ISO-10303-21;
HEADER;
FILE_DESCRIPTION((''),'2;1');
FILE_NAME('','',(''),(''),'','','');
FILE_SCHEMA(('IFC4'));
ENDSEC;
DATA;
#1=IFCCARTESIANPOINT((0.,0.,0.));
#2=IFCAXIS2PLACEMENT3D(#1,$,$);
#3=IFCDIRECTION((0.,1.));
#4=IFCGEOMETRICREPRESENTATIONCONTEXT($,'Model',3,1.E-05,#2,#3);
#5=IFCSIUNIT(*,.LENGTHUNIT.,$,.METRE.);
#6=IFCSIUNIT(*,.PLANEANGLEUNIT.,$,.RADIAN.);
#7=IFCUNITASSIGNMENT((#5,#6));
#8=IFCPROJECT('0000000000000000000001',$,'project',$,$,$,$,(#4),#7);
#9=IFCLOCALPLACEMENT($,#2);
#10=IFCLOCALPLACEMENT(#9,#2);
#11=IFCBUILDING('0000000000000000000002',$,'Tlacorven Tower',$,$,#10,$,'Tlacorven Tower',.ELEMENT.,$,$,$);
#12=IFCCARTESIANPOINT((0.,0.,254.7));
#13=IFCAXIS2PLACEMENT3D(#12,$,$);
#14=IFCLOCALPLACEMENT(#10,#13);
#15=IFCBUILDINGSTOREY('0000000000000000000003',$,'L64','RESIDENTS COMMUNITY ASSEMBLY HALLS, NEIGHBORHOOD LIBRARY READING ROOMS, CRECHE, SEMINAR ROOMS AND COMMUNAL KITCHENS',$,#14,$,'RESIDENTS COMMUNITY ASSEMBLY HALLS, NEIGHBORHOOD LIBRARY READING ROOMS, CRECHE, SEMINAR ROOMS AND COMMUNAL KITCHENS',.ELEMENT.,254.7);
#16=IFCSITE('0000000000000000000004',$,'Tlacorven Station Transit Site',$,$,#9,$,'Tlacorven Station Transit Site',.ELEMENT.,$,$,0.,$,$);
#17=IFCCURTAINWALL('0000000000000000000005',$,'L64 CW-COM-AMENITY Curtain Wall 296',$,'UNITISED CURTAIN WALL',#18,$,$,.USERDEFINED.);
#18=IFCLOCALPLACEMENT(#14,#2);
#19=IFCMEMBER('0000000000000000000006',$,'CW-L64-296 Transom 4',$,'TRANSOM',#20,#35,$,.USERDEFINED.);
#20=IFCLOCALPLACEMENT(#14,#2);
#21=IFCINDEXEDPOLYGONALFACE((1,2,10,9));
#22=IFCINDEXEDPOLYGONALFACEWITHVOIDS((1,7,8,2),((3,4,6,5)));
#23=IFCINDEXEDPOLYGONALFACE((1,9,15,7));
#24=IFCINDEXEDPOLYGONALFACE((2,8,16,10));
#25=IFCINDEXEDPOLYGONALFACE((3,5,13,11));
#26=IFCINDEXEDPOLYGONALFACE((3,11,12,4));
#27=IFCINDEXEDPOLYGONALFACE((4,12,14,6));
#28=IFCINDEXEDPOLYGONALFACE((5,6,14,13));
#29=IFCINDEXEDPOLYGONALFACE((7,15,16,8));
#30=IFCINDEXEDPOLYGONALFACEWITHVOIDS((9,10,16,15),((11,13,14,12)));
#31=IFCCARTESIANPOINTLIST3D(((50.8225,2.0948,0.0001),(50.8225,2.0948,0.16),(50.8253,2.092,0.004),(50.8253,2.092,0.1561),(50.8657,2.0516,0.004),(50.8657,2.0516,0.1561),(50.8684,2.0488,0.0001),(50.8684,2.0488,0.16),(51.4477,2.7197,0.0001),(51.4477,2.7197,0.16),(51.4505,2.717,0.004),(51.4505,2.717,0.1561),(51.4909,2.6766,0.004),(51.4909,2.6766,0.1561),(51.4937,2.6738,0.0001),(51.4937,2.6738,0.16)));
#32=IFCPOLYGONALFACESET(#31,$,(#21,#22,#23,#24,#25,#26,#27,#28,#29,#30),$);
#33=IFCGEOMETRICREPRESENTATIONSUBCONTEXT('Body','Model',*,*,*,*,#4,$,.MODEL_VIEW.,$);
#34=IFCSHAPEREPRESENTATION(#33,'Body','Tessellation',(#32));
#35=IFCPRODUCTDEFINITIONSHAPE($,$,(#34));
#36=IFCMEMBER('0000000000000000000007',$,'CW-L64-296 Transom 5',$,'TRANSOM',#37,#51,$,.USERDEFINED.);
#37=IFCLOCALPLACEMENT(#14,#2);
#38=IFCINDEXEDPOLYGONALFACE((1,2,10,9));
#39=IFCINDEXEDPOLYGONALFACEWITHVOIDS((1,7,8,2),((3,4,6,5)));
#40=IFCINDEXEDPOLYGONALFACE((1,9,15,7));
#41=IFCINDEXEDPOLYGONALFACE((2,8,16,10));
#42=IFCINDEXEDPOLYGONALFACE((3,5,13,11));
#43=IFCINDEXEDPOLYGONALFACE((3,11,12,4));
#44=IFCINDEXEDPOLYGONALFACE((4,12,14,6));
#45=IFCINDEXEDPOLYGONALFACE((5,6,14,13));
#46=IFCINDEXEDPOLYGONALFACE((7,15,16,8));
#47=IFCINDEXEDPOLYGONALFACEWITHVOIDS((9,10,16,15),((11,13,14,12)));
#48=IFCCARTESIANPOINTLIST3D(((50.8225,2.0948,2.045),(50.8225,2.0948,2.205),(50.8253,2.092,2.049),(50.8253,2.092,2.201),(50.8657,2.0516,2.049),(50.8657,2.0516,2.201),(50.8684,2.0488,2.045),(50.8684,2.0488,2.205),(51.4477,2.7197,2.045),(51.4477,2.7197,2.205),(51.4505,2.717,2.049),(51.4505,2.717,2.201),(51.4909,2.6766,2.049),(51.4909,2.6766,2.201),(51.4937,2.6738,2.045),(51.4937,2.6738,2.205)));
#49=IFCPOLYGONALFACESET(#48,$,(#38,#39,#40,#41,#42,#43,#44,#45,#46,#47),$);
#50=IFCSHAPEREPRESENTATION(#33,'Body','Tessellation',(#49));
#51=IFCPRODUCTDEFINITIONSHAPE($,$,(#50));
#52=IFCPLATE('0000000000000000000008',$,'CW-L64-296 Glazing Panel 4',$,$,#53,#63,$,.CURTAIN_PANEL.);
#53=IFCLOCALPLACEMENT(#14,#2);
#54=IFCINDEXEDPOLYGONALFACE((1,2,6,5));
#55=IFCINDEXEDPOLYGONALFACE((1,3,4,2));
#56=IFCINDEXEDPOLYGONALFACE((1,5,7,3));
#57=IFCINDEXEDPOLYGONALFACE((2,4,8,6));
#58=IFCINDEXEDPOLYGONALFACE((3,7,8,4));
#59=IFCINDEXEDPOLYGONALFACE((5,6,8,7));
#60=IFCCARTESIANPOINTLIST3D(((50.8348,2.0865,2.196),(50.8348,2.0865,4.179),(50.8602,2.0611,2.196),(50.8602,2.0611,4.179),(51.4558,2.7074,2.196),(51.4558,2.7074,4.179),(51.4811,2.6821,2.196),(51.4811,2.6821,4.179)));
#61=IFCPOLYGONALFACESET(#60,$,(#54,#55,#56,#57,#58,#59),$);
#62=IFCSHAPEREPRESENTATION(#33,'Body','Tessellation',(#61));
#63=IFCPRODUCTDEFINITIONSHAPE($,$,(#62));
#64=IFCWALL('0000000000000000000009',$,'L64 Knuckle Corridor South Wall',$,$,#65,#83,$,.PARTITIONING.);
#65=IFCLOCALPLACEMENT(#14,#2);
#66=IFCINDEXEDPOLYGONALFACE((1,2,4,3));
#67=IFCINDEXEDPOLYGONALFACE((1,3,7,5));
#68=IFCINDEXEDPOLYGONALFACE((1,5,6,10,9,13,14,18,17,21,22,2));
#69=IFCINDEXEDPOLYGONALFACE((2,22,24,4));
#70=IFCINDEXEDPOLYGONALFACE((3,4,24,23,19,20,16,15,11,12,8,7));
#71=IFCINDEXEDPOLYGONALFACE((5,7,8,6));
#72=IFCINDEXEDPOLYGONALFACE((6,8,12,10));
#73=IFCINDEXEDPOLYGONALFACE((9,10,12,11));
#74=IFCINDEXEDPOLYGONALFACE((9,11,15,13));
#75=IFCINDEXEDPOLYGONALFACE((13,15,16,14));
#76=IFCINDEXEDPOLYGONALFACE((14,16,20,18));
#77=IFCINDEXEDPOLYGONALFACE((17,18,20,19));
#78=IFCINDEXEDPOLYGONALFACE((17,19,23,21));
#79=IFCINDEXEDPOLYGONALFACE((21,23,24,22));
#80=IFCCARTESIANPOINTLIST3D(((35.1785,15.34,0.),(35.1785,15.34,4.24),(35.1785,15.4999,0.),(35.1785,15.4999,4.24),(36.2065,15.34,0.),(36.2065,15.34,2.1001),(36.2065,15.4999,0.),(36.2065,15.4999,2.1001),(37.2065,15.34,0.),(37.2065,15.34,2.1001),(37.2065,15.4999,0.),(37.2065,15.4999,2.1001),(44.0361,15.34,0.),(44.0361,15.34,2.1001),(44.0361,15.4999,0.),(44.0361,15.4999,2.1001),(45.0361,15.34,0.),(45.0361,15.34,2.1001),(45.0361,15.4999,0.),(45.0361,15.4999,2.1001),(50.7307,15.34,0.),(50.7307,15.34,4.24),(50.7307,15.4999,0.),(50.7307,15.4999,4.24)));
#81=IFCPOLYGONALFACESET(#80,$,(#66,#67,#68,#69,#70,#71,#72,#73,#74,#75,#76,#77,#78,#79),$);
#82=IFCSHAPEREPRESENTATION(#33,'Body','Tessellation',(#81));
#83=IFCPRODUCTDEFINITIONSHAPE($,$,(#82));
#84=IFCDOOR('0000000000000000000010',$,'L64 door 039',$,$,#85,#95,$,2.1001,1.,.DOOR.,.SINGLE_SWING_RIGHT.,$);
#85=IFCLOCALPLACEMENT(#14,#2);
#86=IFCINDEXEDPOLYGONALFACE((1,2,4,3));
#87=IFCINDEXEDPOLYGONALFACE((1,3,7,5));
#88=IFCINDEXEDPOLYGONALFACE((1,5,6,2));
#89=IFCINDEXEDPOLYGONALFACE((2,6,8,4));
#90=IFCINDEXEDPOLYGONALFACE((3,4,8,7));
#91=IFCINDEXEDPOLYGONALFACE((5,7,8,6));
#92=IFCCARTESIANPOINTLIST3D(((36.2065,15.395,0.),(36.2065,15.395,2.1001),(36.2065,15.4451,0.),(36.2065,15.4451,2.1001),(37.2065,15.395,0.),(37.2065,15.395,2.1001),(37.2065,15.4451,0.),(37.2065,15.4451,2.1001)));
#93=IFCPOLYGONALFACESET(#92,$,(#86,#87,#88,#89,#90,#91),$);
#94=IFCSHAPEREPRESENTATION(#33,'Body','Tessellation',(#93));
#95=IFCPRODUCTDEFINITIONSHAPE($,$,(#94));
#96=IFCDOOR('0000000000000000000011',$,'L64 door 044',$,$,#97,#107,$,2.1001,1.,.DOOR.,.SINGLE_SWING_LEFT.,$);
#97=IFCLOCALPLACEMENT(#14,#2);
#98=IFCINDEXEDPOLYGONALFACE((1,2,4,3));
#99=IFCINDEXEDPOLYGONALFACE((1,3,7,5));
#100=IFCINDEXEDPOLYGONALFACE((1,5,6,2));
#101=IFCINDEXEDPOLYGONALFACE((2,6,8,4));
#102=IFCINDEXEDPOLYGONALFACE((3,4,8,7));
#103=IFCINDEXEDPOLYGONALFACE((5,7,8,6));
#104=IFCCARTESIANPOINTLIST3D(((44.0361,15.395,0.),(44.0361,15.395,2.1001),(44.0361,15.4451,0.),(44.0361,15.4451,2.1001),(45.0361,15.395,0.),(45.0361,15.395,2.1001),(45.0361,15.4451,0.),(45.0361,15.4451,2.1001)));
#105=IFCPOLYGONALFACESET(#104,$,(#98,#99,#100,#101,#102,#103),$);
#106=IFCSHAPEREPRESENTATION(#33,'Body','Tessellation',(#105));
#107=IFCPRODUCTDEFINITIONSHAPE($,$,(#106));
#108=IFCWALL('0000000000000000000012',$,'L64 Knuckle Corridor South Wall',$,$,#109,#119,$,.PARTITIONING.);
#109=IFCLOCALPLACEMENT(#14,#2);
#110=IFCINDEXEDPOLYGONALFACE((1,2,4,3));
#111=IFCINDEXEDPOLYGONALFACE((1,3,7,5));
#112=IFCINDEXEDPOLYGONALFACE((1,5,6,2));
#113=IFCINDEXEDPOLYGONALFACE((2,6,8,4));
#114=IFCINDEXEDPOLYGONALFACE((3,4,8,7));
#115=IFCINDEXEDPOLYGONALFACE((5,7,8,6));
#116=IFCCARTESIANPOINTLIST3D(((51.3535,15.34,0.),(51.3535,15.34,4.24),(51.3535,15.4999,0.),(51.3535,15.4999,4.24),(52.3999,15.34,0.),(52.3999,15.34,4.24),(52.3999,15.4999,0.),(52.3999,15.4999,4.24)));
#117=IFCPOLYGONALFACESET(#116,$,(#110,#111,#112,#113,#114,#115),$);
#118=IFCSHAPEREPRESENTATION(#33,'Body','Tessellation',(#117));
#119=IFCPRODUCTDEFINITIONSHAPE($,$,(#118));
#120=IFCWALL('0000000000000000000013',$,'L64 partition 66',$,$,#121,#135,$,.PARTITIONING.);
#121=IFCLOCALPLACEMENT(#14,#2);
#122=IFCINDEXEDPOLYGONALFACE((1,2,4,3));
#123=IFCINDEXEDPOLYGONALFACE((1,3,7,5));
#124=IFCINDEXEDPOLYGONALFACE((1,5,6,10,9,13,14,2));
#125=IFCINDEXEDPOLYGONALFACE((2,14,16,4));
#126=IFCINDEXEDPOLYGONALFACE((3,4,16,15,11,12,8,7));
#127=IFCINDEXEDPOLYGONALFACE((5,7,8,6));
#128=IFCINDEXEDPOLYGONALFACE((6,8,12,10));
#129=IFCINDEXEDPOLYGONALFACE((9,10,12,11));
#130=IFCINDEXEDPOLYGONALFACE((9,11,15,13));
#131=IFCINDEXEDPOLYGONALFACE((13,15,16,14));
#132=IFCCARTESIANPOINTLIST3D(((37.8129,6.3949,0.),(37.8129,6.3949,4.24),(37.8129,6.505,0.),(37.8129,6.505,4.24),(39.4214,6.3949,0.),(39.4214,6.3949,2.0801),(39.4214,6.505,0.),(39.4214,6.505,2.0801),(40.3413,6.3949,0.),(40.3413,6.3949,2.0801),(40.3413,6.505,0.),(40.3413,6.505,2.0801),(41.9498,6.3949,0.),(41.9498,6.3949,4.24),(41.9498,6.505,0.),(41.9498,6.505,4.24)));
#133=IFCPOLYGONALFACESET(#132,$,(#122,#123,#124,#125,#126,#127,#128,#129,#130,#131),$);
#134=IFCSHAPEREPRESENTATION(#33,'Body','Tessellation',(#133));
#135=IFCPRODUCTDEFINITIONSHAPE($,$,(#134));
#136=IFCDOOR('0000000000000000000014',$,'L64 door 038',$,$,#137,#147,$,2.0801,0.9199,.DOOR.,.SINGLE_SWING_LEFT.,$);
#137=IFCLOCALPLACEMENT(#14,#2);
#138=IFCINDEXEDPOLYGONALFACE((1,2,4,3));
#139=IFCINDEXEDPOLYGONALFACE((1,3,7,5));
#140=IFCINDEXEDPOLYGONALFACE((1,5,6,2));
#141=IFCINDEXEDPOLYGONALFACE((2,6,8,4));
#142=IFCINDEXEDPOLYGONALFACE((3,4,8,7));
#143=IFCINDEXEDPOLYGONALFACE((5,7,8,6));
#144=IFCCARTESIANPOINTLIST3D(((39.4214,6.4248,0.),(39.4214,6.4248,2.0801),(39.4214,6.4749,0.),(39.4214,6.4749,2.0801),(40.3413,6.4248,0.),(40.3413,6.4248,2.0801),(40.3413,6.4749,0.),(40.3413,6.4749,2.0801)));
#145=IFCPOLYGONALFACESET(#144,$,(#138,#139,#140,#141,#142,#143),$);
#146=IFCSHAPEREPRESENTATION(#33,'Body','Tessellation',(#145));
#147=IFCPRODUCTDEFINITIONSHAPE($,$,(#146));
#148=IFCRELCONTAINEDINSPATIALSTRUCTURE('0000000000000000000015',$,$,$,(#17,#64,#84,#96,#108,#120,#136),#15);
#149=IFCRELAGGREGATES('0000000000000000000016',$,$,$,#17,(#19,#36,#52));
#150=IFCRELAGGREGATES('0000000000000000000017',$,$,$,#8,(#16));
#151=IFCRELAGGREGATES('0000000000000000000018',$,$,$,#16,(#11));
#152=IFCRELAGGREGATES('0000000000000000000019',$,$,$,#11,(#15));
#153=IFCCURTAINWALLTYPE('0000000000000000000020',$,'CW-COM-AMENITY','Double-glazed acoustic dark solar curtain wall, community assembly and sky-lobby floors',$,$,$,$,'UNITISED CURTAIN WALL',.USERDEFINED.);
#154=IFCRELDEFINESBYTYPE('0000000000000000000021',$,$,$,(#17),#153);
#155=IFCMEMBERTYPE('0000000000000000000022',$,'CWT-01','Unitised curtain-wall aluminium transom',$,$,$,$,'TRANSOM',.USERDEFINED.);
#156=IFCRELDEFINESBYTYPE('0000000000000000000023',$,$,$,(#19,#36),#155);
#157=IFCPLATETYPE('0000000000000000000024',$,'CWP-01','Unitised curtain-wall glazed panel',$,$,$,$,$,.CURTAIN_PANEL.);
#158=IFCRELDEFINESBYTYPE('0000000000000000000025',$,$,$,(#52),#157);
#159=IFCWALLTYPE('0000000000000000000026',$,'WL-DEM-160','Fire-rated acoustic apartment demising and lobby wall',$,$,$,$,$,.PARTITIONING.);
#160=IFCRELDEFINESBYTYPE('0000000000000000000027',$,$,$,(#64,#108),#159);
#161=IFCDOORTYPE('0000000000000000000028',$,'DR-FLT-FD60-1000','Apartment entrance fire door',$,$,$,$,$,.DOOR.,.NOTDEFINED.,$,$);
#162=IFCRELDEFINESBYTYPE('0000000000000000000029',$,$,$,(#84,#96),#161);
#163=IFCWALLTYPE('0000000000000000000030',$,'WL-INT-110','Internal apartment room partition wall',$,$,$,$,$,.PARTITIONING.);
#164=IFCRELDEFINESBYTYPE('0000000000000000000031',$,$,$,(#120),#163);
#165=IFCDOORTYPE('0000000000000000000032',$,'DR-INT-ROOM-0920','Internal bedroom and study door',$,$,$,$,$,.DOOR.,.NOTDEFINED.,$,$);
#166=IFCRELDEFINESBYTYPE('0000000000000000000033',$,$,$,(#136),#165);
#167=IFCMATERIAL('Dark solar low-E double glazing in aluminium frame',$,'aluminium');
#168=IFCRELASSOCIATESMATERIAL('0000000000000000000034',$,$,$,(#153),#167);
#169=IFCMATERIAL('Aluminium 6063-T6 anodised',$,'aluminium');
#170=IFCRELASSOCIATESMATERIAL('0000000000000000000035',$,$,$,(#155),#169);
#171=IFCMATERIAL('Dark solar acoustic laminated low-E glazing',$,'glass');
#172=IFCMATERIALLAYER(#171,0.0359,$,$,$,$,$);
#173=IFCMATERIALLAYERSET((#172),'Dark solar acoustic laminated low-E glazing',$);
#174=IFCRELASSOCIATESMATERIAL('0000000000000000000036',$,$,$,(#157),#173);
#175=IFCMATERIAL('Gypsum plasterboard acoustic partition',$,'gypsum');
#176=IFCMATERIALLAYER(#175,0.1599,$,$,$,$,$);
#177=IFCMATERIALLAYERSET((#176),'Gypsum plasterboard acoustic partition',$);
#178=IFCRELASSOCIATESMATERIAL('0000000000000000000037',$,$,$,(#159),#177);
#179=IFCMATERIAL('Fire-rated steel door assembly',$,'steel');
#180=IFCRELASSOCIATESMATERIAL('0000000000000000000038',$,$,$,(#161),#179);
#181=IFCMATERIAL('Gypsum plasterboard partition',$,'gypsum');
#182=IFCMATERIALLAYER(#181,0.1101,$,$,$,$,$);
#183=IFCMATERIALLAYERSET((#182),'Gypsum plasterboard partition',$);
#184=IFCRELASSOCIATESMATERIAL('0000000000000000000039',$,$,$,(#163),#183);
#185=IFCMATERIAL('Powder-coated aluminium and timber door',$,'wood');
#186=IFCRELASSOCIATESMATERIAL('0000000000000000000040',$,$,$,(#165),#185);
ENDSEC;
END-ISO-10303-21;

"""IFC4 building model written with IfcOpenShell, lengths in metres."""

from ifc_helpers import new_model, si_unit, direction, frame, frame_2d, origin, origin_2d, place, context, subcontext, project, spatial, rectangle, hollow_rectangle, extrude, source, transform, mapped, material, layer, layer_set, material_profile, profile_set, type_object, element, fill, aggregate, save


model = new_model("IFC4")

# Units and contexts
model_context = context("Model", 3, precision=1e-05, world=origin(), true_north=direction((0.0, 1.0)))
body_context = subcontext(model_context, "Body", "Model", "MODEL_VIEW")
ifc_project = project(units=[si_unit("LENGTHUNIT", "METRE"), si_unit("PLANEANGLEUNIT", "RADIAN")], contexts=[model_context])

# Site, building, storey
site_placement = place(None, origin())
site = spatial("IfcSite", under=ifc_project, at=site_placement, Name="Tlacorven Station Transit Site", LongName="Tlacorven Station Transit Site", CompositionType="ELEMENT", RefElevation=0.0)
building_placement = place(site_placement, origin())
building = spatial("IfcBuilding", under=site, at=building_placement, Name="Tlacorven Tower", LongName="Tlacorven Tower", CompositionType="ELEMENT")
storey_placement = place(building_placement, frame((0.0, 0.0, 254.7)))
storey = spatial("IfcBuildingStorey", under=building, at=storey_placement, Name="L64", Description="RESIDENTS COMMUNITY ASSEMBLY HALLS, NEIGHBORHOOD LIBRARY READING ROOMS, CRECHE, SEMINAR ROOMS AND COMMUNAL KITCHENS", LongName="RESIDENTS COMMUNITY ASSEMBLY HALLS, NEIGHBORHOOD LIBRARY READING ROOMS, CRECHE, SEMINAR ROOMS AND COMMUNAL KITCHENS", CompositionType="ELEMENT", Elevation=254.7)

# Curtain wall, members, plate
ifc_material_1 = material(Name="Dark solar low-E double glazing in aluminium frame", Category="aluminium")
curtain_wall_type = type_object("IfcCurtainWallType", Name="CW-COM-AMENITY", Description="Double-glazed acoustic dark solar curtain wall, community assembly and sky-lobby floors", ElementType="UNITISED CURTAIN WALL", PredefinedType="USERDEFINED", material=ifc_material_1)
curtain_wall_placement = place(storey_placement, origin())
curtain_wall = element("IfcCurtainWall", 1, at=curtain_wall_placement, inside=storey, type_object=curtain_wall_type, Name="L64 CW-COM-AMENITY Curtain Wall 296", ObjectType="UNITISED CURTAIN WALL", PredefinedType="USERDEFINED")
ifc_material_2 = material(Name="Aluminium 6063-T6 anodised", Category="aluminium")
ifc_material_profile = material_profile(ifc_material_2, hollow_rectangle(XDim=0.0649, YDim=0.1599, WallThickness=0.0039, at=origin_2d()), Name="ALU TRANSOM 65X160")
ifc_profile_set = profile_set([ifc_material_profile], Name="Aluminium 6063-T6 anodised")
member_type = type_object("IfcMemberType", Name="CWT-01", Description="Unitised curtain-wall aluminium transom", ElementType="TRANSOM", PredefinedType="USERDEFINED", material=ifc_profile_set)
shared_shape_1 = source(origin(), body_context, "Body", "SweptSolid", [
    extrude(hollow_rectangle(XDim=0.0649, YDim=0.1599, WallThickness=0.0039, at=origin_2d()), origin(), (0.0, 0.0, 1.0), 0.884),
])
member_1_placement = place(storey_placement, frame((51.4707, 2.6968, 0.0801), z_axis=(-0.707245, -0.706969, 0.0), x_axis=(0.706969, -0.707245, 0.0)))
member_1 = element("IfcMember", 2, at=member_1_placement, type_object=member_type, Name="CW-L64-296 Transom 4", ObjectType="TRANSOM", PredefinedType="USERDEFINED", context=body_context, shape_type="MappedRepresentation", body=[
    mapped(shared_shape_1, transform((0.0, 0.0, 0.0), scale=1.0)),
])
member_2_placement = place(storey_placement, frame((51.4707, 2.6968, 2.125), z_axis=(-0.707245, -0.706969, 0.0), x_axis=(0.706969, -0.707245, 0.0)))
member_2 = element("IfcMember", 3, at=member_2_placement, type_object=member_type, Name="CW-L64-296 Transom 5", ObjectType="TRANSOM", PredefinedType="USERDEFINED", context=body_context, shape_type="MappedRepresentation", body=[
    mapped(shared_shape_1, transform((0.0, 0.0, 0.0), scale=1.0)),
])
ifc_material_3 = material(Name="Dark solar acoustic laminated low-E glazing", Category="glass")
ifc_layer_1 = layer(ifc_material_3, 0.0359)
ifc_layer_set_1 = layer_set([ifc_layer_1], Name="Dark solar acoustic laminated low-E glazing")
plate_type = type_object("IfcPlateType", Name="CWP-01", Description="Unitised curtain-wall glazed panel", PredefinedType="CURTAIN_PANEL", material=ifc_layer_set_1)
shared_shape_2 = source(origin(), body_context, "Body", "SweptSolid", [
    extrude(rectangle(XDim=0.8782, YDim=0.0359, at=origin_2d()), origin(), (0.0, 0.0, 1.0), 1.9829),
])
plate_placement = place(storey_placement, frame((51.158, 2.3843, 2.196), z_axis=(0.0, 0.0, 1.0), x_axis=(-0.707107, -0.707107, 0.0)))
plate = element("IfcPlate", 4, at=plate_placement, type_object=plate_type, Name="CW-L64-296 Glazing Panel 4", PredefinedType="CURTAIN_PANEL", context=body_context, shape_type="MappedRepresentation", body=[
    mapped(shared_shape_2, transform((0.0, 0.0, 0.0), scale=1.0)),
])
aggregate(curtain_wall, [member_1, member_2, plate])

# Wall, openings, doors
ifc_material_4 = material(Name="Gypsum plasterboard acoustic partition", Category="gypsum")
ifc_layer_2 = layer(ifc_material_4, 0.1599)
ifc_layer_set_2 = layer_set([ifc_layer_2], Name="Gypsum plasterboard acoustic partition")
wall_type_1 = type_object("IfcWallType", Name="WL-DEM-160", Description="Fire-rated acoustic apartment demising and lobby wall", PredefinedType="PARTITIONING", material=ifc_layer_set_2)
wall_1_placement = place(storey_placement, frame((35.1785, 15.4199, 0.0), z_axis=(0.0, 0.0, 1.0), x_axis=(1.0, 0.0, 0.0)))
wall_1 = element("IfcWall", 5, at=wall_1_placement, inside=storey, type_object=wall_type_1, Name="L64 Knuckle Corridor South Wall", PredefinedType="PARTITIONING", context=body_context, shape_type="SweptSolid", body=[
    extrude(rectangle(XDim=15.5522, YDim=0.1599, at=frame_2d((7.7761, 0.0))), origin(), (0.0, 0.0, 1.0), 4.24),
])
opening_1_placement = place(wall_1_placement, frame((1.0281, 0.0, 0.0)))
opening_1 = element("IfcOpeningElement", 6, at=opening_1_placement, cuts=wall_1, PredefinedType="OPENING", context=body_context, shape_type="SweptSolid", body=[
    extrude(rectangle(XDim=1.0, YDim=2.1001, at=frame_2d((0.5, 1.05))), frame((0.0, 0.0898, 0.0), z_axis=(0.0, -1.0, 0.0), x_axis=(1.0, 0.0, 0.0)), (0.0, 0.0, 1.0), 0.1799),
])
opening_2_placement = place(wall_1_placement, frame((8.8577, 0.0, 0.0)))
opening_2 = element("IfcOpeningElement", 7, at=opening_2_placement, cuts=wall_1, PredefinedType="OPENING", context=body_context, shape_type="SweptSolid", body=[
    extrude(rectangle(XDim=1.0, YDim=2.1001, at=frame_2d((0.5, 1.05))), frame((0.0, 0.0898, 0.0), z_axis=(0.0, -1.0, 0.0), x_axis=(1.0, 0.0, 0.0)), (0.0, 0.0, 1.0), 0.1799),
])
ifc_material_5 = material(Name="Fire-rated steel door assembly", Category="steel")
door_type_1 = type_object("IfcDoorType", Name="DR-FLT-FD60-1000", Description="Apartment entrance fire door", OperationType="NOTDEFINED", PredefinedType="DOOR", material=ifc_material_5)
shared_shape_3 = source(origin(), body_context, "Body", "SweptSolid", [
    extrude(rectangle(XDim=1.0, YDim=2.1001, at=frame_2d((0.5, 1.05))), frame((0.0, 0.0249, 0.0), z_axis=(0.0, -1.0, 0.0), x_axis=(1.0, 0.0, 0.0)), (0.0, 0.0, 1.0), 0.05),
])
door_1_placement = place(opening_1_placement, frame((1.0, 0.0, 0.0), z_axis=(0.0, 0.0, 1.0), x_axis=(-1.0, 0.0, 0.0)))
door_1 = element("IfcDoor", 8, at=door_1_placement, inside=storey, type_object=door_type_1, Name="L64 door 039", OperationType="SINGLE_SWING_RIGHT", OverallHeight=2.1001, OverallWidth=1.0, PredefinedType="DOOR", context=body_context, shape_type="MappedRepresentation", body=[
    mapped(shared_shape_3, transform((0.0, 0.0, 0.0), scale=1.0)),
])
fill(opening_1, door_1)
door_2_placement = place(opening_2_placement, frame((1.0, 0.0, 0.0), z_axis=(0.0, 0.0, 1.0), x_axis=(-1.0, 0.0, 0.0)))
door_2 = element("IfcDoor", 9, at=door_2_placement, inside=storey, type_object=door_type_1, Name="L64 door 044", OperationType="SINGLE_SWING_LEFT", OverallHeight=2.1001, OverallWidth=1.0, PredefinedType="DOOR", context=body_context, shape_type="MappedRepresentation", body=[
    mapped(shared_shape_3, transform((0.0, 0.0, 0.0), scale=1.0)),
])
fill(opening_2, door_2)

# Wall
wall_2_placement = place(storey_placement, frame((51.3535, 15.4199, 0.0), z_axis=(0.0, 0.0, 1.0), x_axis=(1.0, 0.0, 0.0)))
element("IfcWall", 10, at=wall_2_placement, inside=storey, type_object=wall_type_1, Name="L64 Knuckle Corridor South Wall", PredefinedType="PARTITIONING", context=body_context, shape_type="SweptSolid", body=[
    extrude(rectangle(XDim=1.0464, YDim=0.1599, at=frame_2d((0.5232, 0.0))), origin(), (0.0, 0.0, 1.0), 4.24),
])

# Wall, opening, door
ifc_material_6 = material(Name="Gypsum plasterboard partition", Category="gypsum")
ifc_layer_3 = layer(ifc_material_6, 0.1101)
ifc_layer_set_3 = layer_set([ifc_layer_3], Name="Gypsum plasterboard partition")
wall_type_2 = type_object("IfcWallType", Name="WL-INT-110", Description="Internal apartment room partition wall", PredefinedType="PARTITIONING", material=ifc_layer_set_3)
wall_3_placement = place(storey_placement, frame((37.813, 6.45, 0.0), z_axis=(0.0, 0.0, 1.0), x_axis=(1.0, 0.0, 0.0)))
wall_3 = element("IfcWall", 11, at=wall_3_placement, inside=storey, type_object=wall_type_2, Name="L64 partition 66", PredefinedType="PARTITIONING", context=body_context, shape_type="SweptSolid", body=[
    extrude(rectangle(XDim=4.137, YDim=0.1101, at=frame_2d((2.0684, 0.0))), origin(), (0.0, 0.0, 1.0), 4.24),
])
opening_3_placement = place(wall_3_placement, frame((1.6084, 0.0, 0.0)))
opening_3 = element("IfcOpeningElement", 12, at=opening_3_placement, cuts=wall_3, PredefinedType="OPENING", context=body_context, shape_type="SweptSolid", body=[
    extrude(rectangle(XDim=0.9199, YDim=2.0801, at=frame_2d((0.46, 1.04))), frame((0.0, 0.0649, 0.0), z_axis=(0.0, -1.0, 0.0), x_axis=(1.0, 0.0, 0.0)), (0.0, 0.0, 1.0), 0.1301),
])
ifc_material_7 = material(Name="Powder-coated aluminium and timber door", Category="wood")
door_type_2 = type_object("IfcDoorType", Name="DR-INT-ROOM-0920", Description="Internal bedroom and study door", OperationType="NOTDEFINED", PredefinedType="DOOR", material=ifc_material_7)
shared_shape_4 = source(origin(), body_context, "Body", "SweptSolid", [
    extrude(rectangle(XDim=0.9199, YDim=2.0801, at=frame_2d((0.46, 1.04))), frame((0.0, 0.0249, 0.0), z_axis=(0.0, -1.0, 0.0), x_axis=(1.0, 0.0, 0.0)), (0.0, 0.0, 1.0), 0.05),
])
door_3_placement = place(opening_3_placement, origin())
door_3 = element("IfcDoor", 13, at=door_3_placement, inside=storey, type_object=door_type_2, Name="L64 door 038", OperationType="SINGLE_SWING_LEFT", OverallHeight=2.0801, OverallWidth=0.9199, PredefinedType="DOOR", context=body_context, shape_type="MappedRepresentation", body=[
    mapped(shared_shape_4, transform((0.0, 0.0, 0.0), scale=1.0)),
])
fill(opening_3, door_3)

save(model, "model.ifc")
